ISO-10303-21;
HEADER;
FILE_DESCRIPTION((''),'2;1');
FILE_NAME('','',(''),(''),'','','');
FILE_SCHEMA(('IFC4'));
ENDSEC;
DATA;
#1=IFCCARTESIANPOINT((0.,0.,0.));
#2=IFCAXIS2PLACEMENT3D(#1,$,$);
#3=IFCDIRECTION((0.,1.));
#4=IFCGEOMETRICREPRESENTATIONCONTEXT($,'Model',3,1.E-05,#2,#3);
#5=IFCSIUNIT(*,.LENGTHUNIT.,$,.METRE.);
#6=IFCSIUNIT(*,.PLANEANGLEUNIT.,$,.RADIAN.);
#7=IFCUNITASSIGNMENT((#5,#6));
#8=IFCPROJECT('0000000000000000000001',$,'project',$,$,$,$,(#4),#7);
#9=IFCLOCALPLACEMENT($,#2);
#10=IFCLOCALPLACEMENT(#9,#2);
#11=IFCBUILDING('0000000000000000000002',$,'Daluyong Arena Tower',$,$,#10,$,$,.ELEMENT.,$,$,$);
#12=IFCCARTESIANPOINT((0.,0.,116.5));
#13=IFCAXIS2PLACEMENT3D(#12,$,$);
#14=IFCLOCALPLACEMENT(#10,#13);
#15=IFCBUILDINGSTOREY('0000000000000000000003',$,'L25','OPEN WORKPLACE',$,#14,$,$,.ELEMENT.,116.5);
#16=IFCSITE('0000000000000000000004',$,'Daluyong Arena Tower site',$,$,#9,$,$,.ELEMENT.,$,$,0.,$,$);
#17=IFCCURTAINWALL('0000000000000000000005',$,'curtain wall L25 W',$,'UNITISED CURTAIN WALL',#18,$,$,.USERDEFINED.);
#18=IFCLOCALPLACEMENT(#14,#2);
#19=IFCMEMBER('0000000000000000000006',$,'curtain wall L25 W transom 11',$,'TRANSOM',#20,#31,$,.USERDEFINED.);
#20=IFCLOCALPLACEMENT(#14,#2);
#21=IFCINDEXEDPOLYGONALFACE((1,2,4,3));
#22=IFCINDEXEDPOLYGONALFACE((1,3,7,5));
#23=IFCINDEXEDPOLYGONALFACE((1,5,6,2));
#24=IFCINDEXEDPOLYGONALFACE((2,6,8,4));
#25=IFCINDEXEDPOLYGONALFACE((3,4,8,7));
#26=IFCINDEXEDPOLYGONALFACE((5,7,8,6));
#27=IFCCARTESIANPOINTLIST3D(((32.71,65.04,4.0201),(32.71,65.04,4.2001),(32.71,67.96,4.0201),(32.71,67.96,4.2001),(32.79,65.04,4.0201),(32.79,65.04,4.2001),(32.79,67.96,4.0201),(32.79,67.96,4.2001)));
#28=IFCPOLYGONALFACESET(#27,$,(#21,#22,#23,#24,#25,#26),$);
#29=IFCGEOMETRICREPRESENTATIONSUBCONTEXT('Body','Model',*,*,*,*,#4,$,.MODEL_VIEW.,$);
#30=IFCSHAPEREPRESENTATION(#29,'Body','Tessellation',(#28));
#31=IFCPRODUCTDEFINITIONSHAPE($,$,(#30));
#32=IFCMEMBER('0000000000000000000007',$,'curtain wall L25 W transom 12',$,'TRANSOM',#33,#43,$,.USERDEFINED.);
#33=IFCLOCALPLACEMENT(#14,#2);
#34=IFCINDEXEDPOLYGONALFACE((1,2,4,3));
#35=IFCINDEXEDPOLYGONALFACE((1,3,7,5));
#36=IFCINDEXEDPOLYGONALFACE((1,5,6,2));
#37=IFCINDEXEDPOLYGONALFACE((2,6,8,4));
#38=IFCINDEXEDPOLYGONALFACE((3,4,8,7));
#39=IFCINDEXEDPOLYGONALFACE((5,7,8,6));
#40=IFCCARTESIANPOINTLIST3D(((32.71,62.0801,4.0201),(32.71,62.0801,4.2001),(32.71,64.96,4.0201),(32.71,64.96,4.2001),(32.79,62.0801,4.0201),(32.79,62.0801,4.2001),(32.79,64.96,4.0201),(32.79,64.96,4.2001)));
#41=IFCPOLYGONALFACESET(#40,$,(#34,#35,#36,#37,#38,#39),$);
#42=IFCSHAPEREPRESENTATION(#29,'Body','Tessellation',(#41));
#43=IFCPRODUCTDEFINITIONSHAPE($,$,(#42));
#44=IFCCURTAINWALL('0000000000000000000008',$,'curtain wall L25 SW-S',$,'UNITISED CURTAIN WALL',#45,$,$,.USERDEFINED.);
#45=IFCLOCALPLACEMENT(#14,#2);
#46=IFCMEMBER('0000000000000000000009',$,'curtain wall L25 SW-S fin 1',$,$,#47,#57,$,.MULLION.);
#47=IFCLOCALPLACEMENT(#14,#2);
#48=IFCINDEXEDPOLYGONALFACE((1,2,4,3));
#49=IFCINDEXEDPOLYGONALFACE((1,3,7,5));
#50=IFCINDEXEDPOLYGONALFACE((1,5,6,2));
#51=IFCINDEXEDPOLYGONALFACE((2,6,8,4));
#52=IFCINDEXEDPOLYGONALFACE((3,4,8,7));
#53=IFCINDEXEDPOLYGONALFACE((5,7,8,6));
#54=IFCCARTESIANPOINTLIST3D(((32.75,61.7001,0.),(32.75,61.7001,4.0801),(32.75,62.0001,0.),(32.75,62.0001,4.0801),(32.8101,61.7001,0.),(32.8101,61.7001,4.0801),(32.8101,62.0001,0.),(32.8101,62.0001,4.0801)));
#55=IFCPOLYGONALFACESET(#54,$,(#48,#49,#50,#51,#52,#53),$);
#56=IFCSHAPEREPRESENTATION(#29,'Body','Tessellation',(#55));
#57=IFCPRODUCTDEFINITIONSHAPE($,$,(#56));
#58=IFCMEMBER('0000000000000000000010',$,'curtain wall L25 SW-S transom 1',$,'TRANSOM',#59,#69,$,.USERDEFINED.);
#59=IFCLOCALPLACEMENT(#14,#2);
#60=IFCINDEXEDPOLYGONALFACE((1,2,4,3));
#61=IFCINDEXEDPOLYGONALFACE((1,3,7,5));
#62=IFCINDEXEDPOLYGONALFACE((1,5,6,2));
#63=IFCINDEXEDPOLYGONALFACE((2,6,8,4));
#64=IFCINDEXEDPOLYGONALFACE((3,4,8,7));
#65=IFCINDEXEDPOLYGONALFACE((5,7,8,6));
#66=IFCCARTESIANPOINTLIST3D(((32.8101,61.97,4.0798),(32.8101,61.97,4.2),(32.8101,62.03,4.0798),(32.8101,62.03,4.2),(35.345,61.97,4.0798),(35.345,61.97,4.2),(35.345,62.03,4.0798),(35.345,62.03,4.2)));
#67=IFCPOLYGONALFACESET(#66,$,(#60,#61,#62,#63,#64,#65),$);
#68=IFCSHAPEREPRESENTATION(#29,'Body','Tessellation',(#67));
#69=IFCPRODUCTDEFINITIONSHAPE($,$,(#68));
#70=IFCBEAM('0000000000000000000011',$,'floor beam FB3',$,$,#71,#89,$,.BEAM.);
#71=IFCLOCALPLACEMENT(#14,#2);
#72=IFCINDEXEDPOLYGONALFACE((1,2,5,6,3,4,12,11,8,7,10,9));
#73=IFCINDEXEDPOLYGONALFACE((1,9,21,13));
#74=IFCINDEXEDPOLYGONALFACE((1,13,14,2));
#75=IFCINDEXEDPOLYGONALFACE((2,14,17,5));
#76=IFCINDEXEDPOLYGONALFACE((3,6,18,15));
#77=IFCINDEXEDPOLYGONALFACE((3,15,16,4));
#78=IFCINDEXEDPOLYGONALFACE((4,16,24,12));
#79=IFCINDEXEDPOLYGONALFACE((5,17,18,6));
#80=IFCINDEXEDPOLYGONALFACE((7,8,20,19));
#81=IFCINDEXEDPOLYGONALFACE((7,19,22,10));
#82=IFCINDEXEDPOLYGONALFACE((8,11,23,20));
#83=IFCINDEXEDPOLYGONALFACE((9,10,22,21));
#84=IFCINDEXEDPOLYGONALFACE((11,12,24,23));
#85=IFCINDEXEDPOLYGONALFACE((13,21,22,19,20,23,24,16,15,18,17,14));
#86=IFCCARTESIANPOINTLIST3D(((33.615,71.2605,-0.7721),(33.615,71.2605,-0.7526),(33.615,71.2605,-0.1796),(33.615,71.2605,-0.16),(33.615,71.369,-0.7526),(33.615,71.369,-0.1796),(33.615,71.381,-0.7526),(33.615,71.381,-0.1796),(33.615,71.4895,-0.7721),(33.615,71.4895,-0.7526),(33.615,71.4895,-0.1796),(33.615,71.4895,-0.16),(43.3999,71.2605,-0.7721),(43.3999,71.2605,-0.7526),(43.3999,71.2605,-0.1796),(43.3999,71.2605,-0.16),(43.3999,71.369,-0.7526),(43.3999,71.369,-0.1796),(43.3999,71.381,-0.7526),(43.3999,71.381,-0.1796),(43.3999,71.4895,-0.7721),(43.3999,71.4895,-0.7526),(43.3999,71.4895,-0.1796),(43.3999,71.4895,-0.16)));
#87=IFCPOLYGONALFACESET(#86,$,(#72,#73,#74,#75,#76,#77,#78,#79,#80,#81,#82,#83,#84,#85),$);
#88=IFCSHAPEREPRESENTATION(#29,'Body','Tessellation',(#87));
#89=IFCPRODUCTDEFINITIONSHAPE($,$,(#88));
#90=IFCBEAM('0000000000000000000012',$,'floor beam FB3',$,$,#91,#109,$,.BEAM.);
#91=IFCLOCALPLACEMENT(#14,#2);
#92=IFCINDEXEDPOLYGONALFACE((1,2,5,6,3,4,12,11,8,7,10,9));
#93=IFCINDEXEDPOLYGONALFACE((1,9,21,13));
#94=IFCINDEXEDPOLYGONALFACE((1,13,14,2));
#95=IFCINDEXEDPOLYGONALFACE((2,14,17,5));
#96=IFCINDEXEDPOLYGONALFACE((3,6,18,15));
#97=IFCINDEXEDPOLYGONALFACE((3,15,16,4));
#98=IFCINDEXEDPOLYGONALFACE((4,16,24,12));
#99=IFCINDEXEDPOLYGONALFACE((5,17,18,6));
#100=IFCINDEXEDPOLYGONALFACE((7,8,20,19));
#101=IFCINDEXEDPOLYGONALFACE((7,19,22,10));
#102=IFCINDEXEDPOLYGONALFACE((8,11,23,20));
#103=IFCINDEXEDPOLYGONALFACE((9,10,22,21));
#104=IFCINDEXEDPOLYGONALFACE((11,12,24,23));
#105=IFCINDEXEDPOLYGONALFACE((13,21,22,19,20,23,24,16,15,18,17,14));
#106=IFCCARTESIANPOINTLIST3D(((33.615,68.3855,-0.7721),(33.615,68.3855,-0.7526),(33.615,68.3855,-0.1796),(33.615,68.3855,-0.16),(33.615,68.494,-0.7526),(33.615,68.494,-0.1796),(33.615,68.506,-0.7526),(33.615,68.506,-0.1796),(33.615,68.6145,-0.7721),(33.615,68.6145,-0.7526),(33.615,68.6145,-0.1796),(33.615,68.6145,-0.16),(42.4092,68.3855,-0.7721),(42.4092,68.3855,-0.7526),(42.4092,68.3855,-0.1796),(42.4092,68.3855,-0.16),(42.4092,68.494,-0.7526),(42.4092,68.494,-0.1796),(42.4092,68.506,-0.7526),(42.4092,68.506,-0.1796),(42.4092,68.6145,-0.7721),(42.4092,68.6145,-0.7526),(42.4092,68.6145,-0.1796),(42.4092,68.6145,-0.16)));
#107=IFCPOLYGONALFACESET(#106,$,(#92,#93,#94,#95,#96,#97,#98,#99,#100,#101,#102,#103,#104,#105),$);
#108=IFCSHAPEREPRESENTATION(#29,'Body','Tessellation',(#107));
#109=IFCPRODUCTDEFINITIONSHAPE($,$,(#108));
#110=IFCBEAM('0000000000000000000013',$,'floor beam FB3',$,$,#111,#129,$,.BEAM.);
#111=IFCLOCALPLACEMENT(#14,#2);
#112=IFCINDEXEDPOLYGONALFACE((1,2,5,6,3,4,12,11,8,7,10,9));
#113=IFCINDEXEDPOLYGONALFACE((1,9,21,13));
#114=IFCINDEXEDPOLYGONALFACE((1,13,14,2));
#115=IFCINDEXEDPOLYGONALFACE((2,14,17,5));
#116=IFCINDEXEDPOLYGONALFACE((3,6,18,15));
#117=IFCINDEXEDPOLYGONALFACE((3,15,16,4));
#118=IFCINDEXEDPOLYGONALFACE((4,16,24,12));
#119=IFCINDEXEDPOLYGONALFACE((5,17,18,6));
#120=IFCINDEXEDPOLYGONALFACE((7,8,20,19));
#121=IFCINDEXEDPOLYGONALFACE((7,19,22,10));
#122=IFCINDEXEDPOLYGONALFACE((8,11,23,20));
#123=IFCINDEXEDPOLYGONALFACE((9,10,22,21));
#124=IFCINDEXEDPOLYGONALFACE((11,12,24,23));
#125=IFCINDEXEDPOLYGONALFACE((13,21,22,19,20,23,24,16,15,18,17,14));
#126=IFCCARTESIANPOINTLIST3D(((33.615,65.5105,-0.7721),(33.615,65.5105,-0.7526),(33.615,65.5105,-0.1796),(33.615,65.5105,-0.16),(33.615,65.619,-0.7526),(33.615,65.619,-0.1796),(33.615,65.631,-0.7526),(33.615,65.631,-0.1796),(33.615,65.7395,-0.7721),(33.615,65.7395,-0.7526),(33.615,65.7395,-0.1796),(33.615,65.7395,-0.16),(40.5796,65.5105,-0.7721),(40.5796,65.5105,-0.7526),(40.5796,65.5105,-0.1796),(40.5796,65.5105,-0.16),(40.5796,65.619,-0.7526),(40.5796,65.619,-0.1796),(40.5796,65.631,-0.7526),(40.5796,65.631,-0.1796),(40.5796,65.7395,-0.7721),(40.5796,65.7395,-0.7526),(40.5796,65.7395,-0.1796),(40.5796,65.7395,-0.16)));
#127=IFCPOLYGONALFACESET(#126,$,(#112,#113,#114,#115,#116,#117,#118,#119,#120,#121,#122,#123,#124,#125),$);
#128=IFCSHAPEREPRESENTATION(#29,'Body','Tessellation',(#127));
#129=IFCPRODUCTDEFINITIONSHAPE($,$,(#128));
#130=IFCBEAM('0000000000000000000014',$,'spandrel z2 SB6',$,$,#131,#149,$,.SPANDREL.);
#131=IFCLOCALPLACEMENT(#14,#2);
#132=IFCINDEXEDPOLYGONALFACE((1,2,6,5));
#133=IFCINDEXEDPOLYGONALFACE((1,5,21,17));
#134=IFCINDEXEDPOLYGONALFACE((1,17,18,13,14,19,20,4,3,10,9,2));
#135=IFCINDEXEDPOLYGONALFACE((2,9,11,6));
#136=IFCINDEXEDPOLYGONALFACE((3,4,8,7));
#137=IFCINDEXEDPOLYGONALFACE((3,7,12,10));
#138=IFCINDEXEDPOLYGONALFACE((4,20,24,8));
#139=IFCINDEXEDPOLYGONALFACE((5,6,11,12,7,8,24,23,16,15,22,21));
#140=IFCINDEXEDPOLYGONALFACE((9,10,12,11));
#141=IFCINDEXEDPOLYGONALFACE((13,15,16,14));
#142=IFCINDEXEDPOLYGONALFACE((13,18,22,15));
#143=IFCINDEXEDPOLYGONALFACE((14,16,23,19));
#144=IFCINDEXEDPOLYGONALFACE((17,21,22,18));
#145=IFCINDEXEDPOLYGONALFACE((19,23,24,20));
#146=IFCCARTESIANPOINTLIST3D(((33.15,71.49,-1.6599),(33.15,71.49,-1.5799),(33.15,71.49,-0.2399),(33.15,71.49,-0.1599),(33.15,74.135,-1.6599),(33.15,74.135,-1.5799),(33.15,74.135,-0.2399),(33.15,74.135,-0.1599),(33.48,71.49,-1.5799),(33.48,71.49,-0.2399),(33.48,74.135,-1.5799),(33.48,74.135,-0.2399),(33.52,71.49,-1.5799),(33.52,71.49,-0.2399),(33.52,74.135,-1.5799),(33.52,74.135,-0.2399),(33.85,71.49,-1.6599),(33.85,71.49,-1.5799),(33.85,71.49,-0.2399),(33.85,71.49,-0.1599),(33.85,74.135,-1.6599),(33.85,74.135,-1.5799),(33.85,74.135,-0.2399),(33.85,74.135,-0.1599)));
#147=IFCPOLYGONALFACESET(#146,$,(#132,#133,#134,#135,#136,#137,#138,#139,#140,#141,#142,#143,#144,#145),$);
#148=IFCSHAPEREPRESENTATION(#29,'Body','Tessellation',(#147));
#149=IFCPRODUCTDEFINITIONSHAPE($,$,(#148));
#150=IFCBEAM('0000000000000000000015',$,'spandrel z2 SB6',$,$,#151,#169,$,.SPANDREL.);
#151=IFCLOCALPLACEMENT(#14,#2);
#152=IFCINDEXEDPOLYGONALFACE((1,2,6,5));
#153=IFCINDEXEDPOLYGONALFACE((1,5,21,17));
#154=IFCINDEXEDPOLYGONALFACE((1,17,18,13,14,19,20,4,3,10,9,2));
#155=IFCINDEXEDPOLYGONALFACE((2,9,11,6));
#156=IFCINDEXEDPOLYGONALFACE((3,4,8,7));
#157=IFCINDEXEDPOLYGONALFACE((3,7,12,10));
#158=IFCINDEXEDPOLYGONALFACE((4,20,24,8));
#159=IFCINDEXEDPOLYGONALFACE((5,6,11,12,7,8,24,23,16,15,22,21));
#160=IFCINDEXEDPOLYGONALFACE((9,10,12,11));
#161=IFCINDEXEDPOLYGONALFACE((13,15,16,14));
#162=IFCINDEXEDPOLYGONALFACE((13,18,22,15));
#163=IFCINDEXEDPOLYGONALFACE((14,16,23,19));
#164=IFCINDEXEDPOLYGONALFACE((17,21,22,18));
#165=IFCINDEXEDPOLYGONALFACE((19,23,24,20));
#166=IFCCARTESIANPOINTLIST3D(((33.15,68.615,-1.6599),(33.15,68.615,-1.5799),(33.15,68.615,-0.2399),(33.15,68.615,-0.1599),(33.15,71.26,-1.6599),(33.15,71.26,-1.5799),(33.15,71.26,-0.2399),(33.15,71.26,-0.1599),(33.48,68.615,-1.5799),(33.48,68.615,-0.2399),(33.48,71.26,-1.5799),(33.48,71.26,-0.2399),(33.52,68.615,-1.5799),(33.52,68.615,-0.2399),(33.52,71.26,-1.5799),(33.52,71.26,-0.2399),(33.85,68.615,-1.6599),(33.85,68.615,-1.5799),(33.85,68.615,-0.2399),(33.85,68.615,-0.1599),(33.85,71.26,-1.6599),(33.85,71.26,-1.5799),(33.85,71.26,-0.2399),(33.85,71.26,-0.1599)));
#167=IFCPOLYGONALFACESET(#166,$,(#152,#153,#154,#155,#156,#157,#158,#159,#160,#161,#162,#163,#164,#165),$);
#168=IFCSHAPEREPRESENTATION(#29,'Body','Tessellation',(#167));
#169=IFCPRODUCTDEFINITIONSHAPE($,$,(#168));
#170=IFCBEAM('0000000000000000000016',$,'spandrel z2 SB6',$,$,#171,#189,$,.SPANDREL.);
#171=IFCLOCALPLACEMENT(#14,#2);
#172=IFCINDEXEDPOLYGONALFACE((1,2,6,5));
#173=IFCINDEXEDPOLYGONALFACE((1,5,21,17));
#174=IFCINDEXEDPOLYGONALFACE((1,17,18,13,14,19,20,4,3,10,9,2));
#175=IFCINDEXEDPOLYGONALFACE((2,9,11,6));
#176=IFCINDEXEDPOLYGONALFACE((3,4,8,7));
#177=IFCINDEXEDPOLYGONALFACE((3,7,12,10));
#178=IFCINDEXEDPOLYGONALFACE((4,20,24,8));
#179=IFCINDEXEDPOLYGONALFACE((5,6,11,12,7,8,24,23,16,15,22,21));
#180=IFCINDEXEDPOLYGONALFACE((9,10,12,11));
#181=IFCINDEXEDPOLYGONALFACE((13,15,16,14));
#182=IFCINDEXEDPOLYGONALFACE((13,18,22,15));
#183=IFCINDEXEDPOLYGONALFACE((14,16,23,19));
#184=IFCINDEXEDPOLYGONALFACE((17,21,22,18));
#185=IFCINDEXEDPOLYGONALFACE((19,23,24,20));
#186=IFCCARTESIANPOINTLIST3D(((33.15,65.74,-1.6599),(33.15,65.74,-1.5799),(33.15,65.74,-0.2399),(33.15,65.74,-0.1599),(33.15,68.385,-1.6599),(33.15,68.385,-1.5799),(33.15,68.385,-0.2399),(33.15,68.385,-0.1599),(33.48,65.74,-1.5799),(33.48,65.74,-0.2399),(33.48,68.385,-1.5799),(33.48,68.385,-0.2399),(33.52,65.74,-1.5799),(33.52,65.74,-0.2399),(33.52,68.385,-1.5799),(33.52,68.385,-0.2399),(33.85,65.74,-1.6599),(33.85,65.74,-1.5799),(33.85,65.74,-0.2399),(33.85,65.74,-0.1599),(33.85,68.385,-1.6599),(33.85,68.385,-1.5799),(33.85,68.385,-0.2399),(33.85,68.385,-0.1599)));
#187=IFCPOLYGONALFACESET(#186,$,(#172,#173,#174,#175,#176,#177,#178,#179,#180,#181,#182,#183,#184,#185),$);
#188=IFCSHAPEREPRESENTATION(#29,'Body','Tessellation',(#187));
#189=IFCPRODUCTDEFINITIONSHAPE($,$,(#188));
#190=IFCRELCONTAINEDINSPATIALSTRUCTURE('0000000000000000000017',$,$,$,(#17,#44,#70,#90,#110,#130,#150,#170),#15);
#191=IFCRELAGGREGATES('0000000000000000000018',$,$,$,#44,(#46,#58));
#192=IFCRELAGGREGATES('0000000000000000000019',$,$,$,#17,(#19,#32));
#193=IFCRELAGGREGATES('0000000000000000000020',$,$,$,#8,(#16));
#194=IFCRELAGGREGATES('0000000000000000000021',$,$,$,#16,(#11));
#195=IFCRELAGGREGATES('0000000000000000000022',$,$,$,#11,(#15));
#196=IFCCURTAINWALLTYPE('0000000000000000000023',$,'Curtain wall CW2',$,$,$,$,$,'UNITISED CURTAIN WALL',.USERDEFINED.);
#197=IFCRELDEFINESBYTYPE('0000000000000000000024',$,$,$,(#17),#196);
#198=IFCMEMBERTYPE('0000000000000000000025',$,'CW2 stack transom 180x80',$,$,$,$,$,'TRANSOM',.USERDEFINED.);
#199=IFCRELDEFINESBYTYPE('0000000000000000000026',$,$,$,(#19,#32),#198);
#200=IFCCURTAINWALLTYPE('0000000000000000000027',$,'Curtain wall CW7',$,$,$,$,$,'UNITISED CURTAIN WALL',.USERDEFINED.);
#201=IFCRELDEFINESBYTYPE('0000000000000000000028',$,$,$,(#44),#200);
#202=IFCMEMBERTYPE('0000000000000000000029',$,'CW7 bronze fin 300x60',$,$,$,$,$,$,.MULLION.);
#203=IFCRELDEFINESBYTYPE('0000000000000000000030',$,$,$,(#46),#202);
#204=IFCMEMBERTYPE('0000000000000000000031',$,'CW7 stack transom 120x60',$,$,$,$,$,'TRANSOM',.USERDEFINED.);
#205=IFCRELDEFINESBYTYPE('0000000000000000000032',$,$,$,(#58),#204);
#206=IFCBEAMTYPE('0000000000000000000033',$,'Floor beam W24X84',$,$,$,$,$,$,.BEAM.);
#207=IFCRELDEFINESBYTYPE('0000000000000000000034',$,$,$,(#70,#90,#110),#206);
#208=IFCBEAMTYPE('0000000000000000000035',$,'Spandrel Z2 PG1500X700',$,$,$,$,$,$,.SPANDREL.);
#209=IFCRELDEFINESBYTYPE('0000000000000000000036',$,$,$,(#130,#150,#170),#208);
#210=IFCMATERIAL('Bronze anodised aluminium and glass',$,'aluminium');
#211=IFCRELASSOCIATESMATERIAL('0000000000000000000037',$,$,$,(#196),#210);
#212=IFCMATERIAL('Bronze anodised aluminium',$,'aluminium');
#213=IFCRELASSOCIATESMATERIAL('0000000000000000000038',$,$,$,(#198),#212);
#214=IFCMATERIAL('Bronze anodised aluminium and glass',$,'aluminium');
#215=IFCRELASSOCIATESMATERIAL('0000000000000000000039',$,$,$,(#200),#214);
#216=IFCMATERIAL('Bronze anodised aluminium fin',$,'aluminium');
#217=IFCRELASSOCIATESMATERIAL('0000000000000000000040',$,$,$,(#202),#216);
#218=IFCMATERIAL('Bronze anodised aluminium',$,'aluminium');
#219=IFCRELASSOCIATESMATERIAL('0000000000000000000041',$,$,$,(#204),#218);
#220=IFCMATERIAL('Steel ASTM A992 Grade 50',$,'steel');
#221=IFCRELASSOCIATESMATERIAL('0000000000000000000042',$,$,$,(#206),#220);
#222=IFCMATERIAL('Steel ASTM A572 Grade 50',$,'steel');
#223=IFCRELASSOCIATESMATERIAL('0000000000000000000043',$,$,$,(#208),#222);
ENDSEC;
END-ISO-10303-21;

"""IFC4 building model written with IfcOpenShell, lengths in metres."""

from ifc_helpers import new_model, si_unit, direction, frame, origin, origin_2d, place, context, subcontext, project, spatial, rectangle, i_section, extrude, material, material_profile, profile_set, type_object, element, aggregate, save


model = new_model("IFC4")

# Units and contexts
model_context = context("Model", 3, precision=1e-05, world=origin(), true_north=direction((0.0, 1.0)))
body_context = subcontext(model_context, "Body", "Model", "MODEL_VIEW")
ifc_project = project(units=[si_unit("LENGTHUNIT", "METRE"), si_unit("PLANEANGLEUNIT", "RADIAN")], contexts=[model_context])

# Site, building, storey
site_placement = place(None, origin())
site = spatial("IfcSite", under=ifc_project, at=site_placement, Name="Daluyong Arena Tower site", CompositionType="ELEMENT", RefElevation=0.0)
building_placement = place(site_placement, origin())
building = spatial("IfcBuilding", under=site, at=building_placement, Name="Daluyong Arena Tower", CompositionType="ELEMENT")
storey_placement = place(building_placement, frame((0.0, 0.0, 116.5)))
storey = spatial("IfcBuildingStorey", under=building, at=storey_placement, Name="L25", Description="OPEN WORKPLACE", CompositionType="ELEMENT", Elevation=116.5)

# Curtain walls, members
ifc_material_1 = material(Name="Bronze anodised aluminium and glass", Category="aluminium")
curtain_wall_type_1 = type_object("IfcCurtainWallType", Name="Curtain wall CW2", ElementType="UNITISED CURTAIN WALL", PredefinedType="USERDEFINED", material=ifc_material_1)
curtain_wall_1_placement = place(storey_placement, origin())
curtain_wall_1 = element("IfcCurtainWall", 1, at=curtain_wall_1_placement, inside=storey, type_object=curtain_wall_type_1, Name="curtain wall L25 W", ObjectType="UNITISED CURTAIN WALL", PredefinedType="USERDEFINED")
ifc_material_2 = material(Name="Bronze anodised aluminium", Category="aluminium")
ifc_material_profile_1 = material_profile(ifc_material_2, rectangle(XDim=0.0801, YDim=0.1799, at=origin_2d()))
ifc_profile_set_1 = profile_set([ifc_material_profile_1], Name="Bronze anodised aluminium")
member_type_1 = type_object("IfcMemberType", Name="CW2 stack transom 180x80", ElementType="TRANSOM", PredefinedType="USERDEFINED", material=ifc_profile_set_1)
member_1_placement = place(storey_placement, frame((32.75, 67.96, 4.1101), z_axis=(0.0, -1.0, 0.0), x_axis=(1.0, 0.0, 0.0)))
member_1 = element("IfcMember", 2, at=member_1_placement, type_object=member_type_1, Name="curtain wall L25 W transom 11", ObjectType="TRANSOM", PredefinedType="USERDEFINED", context=body_context, shape_type="SweptSolid", body=[
    extrude(rectangle(XDim=0.0801, YDim=0.1799, at=origin_2d()), origin(), (0.0, 0.0, 1.0), 2.9199),
])
member_2_placement = place(storey_placement, frame((32.75, 64.96, 4.1101), z_axis=(0.0, -1.0, 0.0), x_axis=(1.0, 0.0, 0.0)))
member_2 = element("IfcMember", 3, at=member_2_placement, type_object=member_type_1, Name="curtain wall L25 W transom 12", ObjectType="TRANSOM", PredefinedType="USERDEFINED", context=body_context, shape_type="SweptSolid", body=[
    extrude(rectangle(XDim=0.0801, YDim=0.1799, at=origin_2d()), origin(), (0.0, 0.0, 1.0), 2.8799),
])
ifc_material_3 = material(Name="Bronze anodised aluminium and glass", Category="aluminium")
curtain_wall_type_2 = type_object("IfcCurtainWallType", Name="Curtain wall CW7", ElementType="UNITISED CURTAIN WALL", PredefinedType="USERDEFINED", material=ifc_material_3)
curtain_wall_2_placement = place(storey_placement, origin())
curtain_wall_2 = element("IfcCurtainWall", 4, at=curtain_wall_2_placement, inside=storey, type_object=curtain_wall_type_2, Name="curtain wall L25 SW-S", ObjectType="UNITISED CURTAIN WALL", PredefinedType="USERDEFINED")
ifc_material_4 = material(Name="Bronze anodised aluminium fin", Category="aluminium")
ifc_material_profile_2 = material_profile(ifc_material_4, rectangle(XDim=0.3, YDim=0.0601, at=origin_2d()))
ifc_profile_set_2 = profile_set([ifc_material_profile_2], Name="Bronze anodised aluminium fin")
member_type_2 = type_object("IfcMemberType", Name="CW7 bronze fin 300x60", PredefinedType="MULLION", material=ifc_profile_set_2)
member_3_placement = place(storey_placement, frame((32.78, 61.8501, 0.0), z_axis=(0.0, 0.0, 1.0), x_axis=(0.0, 1.0, 0.0)))
member_3 = element("IfcMember", 5, at=member_3_placement, type_object=member_type_2, Name="curtain wall L25 SW-S fin 1", PredefinedType="MULLION", context=body_context, shape_type="SweptSolid", body=[
    extrude(rectangle(XDim=0.3, YDim=0.0601, at=origin_2d()), origin(), (0.0, 0.0, 1.0), 4.0801),
])
ifc_material_5 = material(Name="Bronze anodised aluminium", Category="aluminium")
ifc_material_profile_3 = material_profile(ifc_material_5, rectangle(XDim=0.0601, YDim=0.1201, at=origin_2d()))
ifc_profile_set_3 = profile_set([ifc_material_profile_3], Name="Bronze anodised aluminium")
member_type_3 = type_object("IfcMemberType", Name="CW7 stack transom 120x60", ElementType="TRANSOM", PredefinedType="USERDEFINED", material=ifc_profile_set_3)
member_4_placement = place(storey_placement, frame((32.8101, 62.0, 4.1399), z_axis=(1.0, 0.0, 0.0), x_axis=(0.0, 1.0, 0.0)))
member_4 = element("IfcMember", 6, at=member_4_placement, type_object=member_type_3, Name="curtain wall L25 SW-S transom 1", ObjectType="TRANSOM", PredefinedType="USERDEFINED", context=body_context, shape_type="SweptSolid", body=[
    extrude(rectangle(XDim=0.0601, YDim=0.1201, at=origin_2d()), origin(), (0.0, 0.0, 1.0), 2.5349),
])
aggregate(curtain_wall_2, [member_3, member_4])

# Beams
ifc_material_6 = material(Name="Steel ASTM A992 Grade 50", Category="steel")
ifc_material_profile_4 = material_profile(ifc_material_6, i_section(OverallWidth=0.229, OverallDepth=0.6121, WebThickness=0.012, FlangeThickness=0.0195, at=origin_2d()))
ifc_profile_set_4 = profile_set([ifc_material_profile_4], Name="Steel ASTM A992 Grade 50")
beam_type_1 = type_object("IfcBeamType", Name="Floor beam W24X84", PredefinedType="BEAM", material=ifc_profile_set_4)
beam_1_placement = place(storey_placement, frame((33.615, 71.375, -0.4661), z_axis=(1.0, 0.0, 0.0), x_axis=(0.0, 1.0, 0.0)))
element("IfcBeam", 7, at=beam_1_placement, inside=storey, type_object=beam_type_1, Name="floor beam FB3", PredefinedType="BEAM", context=body_context, shape_type="SweptSolid", body=[
    extrude(i_section(OverallWidth=0.229, OverallDepth=0.6121, WebThickness=0.012, FlangeThickness=0.0195, at=origin_2d()), origin(), (0.0, 0.0, 1.0), 9.7849),
])
beam_2_placement = place(storey_placement, frame((33.615, 68.5, -0.4661), z_axis=(1.0, 0.0, 0.0), x_axis=(0.0, 1.0, 0.0)))
element("IfcBeam", 8, at=beam_2_placement, inside=storey, type_object=beam_type_1, Name="floor beam FB3", PredefinedType="BEAM", context=body_context, shape_type="SweptSolid", body=[
    extrude(i_section(OverallWidth=0.229, OverallDepth=0.6121, WebThickness=0.012, FlangeThickness=0.0195, at=origin_2d()), origin(), (0.0, 0.0, 1.0), 8.7942),
])
beam_3_placement = place(storey_placement, frame((33.615, 65.625, -0.4661), z_axis=(1.0, 0.0, 0.0), x_axis=(0.0, 1.0, 0.0)))
element("IfcBeam", 9, at=beam_3_placement, inside=storey, type_object=beam_type_1, Name="floor beam FB3", PredefinedType="BEAM", context=body_context, shape_type="SweptSolid", body=[
    extrude(i_section(OverallWidth=0.229, OverallDepth=0.6121, WebThickness=0.012, FlangeThickness=0.0195, at=origin_2d()), origin(), (0.0, 0.0, 1.0), 6.9646),
])
ifc_material_7 = material(Name="Steel ASTM A572 Grade 50", Category="steel")
ifc_material_profile_5 = material_profile(ifc_material_7, i_section(OverallWidth=0.7, OverallDepth=1.5, WebThickness=0.04, FlangeThickness=0.08, at=origin_2d()))
ifc_profile_set_5 = profile_set([ifc_material_profile_5], Name="Steel ASTM A572 Grade 50")
beam_type_2 = type_object("IfcBeamType", Name="Spandrel Z2 PG1500X700", PredefinedType="SPANDREL", material=ifc_profile_set_5)
for number, where, z_axis, x_axis, name in (
    (10, (33.5, 74.135, -0.9099), (0.0, -1.0, 0.0), (1.0, 0.0, 0.0), "spandrel z2 SB6"),
    (11, (33.5, 71.26, -0.9099), (0.0, -1.0, 0.0), (1.0, 0.0, 0.0), "spandrel z2 SB6"),
    (12, (33.5, 68.385, -0.9099), (0.0, -1.0, 0.0), (1.0, 0.0, 0.0), "spandrel z2 SB6"),
):
    element("IfcBeam", number, at=place(storey_placement, frame(where, z_axis=z_axis, x_axis=x_axis)), inside=storey, type_object=beam_type_2, Name=name, PredefinedType="SPANDREL", context=body_context, shape_type="SweptSolid", body=[
        extrude(i_section(OverallWidth=0.7, OverallDepth=1.5, WebThickness=0.04, FlangeThickness=0.08, at=origin_2d()), origin(), (0.0, 0.0, 1.0), 2.645),
    ])

aggregate(curtain_wall_1, [member_1, member_2])

save(model, "model.ifc")
